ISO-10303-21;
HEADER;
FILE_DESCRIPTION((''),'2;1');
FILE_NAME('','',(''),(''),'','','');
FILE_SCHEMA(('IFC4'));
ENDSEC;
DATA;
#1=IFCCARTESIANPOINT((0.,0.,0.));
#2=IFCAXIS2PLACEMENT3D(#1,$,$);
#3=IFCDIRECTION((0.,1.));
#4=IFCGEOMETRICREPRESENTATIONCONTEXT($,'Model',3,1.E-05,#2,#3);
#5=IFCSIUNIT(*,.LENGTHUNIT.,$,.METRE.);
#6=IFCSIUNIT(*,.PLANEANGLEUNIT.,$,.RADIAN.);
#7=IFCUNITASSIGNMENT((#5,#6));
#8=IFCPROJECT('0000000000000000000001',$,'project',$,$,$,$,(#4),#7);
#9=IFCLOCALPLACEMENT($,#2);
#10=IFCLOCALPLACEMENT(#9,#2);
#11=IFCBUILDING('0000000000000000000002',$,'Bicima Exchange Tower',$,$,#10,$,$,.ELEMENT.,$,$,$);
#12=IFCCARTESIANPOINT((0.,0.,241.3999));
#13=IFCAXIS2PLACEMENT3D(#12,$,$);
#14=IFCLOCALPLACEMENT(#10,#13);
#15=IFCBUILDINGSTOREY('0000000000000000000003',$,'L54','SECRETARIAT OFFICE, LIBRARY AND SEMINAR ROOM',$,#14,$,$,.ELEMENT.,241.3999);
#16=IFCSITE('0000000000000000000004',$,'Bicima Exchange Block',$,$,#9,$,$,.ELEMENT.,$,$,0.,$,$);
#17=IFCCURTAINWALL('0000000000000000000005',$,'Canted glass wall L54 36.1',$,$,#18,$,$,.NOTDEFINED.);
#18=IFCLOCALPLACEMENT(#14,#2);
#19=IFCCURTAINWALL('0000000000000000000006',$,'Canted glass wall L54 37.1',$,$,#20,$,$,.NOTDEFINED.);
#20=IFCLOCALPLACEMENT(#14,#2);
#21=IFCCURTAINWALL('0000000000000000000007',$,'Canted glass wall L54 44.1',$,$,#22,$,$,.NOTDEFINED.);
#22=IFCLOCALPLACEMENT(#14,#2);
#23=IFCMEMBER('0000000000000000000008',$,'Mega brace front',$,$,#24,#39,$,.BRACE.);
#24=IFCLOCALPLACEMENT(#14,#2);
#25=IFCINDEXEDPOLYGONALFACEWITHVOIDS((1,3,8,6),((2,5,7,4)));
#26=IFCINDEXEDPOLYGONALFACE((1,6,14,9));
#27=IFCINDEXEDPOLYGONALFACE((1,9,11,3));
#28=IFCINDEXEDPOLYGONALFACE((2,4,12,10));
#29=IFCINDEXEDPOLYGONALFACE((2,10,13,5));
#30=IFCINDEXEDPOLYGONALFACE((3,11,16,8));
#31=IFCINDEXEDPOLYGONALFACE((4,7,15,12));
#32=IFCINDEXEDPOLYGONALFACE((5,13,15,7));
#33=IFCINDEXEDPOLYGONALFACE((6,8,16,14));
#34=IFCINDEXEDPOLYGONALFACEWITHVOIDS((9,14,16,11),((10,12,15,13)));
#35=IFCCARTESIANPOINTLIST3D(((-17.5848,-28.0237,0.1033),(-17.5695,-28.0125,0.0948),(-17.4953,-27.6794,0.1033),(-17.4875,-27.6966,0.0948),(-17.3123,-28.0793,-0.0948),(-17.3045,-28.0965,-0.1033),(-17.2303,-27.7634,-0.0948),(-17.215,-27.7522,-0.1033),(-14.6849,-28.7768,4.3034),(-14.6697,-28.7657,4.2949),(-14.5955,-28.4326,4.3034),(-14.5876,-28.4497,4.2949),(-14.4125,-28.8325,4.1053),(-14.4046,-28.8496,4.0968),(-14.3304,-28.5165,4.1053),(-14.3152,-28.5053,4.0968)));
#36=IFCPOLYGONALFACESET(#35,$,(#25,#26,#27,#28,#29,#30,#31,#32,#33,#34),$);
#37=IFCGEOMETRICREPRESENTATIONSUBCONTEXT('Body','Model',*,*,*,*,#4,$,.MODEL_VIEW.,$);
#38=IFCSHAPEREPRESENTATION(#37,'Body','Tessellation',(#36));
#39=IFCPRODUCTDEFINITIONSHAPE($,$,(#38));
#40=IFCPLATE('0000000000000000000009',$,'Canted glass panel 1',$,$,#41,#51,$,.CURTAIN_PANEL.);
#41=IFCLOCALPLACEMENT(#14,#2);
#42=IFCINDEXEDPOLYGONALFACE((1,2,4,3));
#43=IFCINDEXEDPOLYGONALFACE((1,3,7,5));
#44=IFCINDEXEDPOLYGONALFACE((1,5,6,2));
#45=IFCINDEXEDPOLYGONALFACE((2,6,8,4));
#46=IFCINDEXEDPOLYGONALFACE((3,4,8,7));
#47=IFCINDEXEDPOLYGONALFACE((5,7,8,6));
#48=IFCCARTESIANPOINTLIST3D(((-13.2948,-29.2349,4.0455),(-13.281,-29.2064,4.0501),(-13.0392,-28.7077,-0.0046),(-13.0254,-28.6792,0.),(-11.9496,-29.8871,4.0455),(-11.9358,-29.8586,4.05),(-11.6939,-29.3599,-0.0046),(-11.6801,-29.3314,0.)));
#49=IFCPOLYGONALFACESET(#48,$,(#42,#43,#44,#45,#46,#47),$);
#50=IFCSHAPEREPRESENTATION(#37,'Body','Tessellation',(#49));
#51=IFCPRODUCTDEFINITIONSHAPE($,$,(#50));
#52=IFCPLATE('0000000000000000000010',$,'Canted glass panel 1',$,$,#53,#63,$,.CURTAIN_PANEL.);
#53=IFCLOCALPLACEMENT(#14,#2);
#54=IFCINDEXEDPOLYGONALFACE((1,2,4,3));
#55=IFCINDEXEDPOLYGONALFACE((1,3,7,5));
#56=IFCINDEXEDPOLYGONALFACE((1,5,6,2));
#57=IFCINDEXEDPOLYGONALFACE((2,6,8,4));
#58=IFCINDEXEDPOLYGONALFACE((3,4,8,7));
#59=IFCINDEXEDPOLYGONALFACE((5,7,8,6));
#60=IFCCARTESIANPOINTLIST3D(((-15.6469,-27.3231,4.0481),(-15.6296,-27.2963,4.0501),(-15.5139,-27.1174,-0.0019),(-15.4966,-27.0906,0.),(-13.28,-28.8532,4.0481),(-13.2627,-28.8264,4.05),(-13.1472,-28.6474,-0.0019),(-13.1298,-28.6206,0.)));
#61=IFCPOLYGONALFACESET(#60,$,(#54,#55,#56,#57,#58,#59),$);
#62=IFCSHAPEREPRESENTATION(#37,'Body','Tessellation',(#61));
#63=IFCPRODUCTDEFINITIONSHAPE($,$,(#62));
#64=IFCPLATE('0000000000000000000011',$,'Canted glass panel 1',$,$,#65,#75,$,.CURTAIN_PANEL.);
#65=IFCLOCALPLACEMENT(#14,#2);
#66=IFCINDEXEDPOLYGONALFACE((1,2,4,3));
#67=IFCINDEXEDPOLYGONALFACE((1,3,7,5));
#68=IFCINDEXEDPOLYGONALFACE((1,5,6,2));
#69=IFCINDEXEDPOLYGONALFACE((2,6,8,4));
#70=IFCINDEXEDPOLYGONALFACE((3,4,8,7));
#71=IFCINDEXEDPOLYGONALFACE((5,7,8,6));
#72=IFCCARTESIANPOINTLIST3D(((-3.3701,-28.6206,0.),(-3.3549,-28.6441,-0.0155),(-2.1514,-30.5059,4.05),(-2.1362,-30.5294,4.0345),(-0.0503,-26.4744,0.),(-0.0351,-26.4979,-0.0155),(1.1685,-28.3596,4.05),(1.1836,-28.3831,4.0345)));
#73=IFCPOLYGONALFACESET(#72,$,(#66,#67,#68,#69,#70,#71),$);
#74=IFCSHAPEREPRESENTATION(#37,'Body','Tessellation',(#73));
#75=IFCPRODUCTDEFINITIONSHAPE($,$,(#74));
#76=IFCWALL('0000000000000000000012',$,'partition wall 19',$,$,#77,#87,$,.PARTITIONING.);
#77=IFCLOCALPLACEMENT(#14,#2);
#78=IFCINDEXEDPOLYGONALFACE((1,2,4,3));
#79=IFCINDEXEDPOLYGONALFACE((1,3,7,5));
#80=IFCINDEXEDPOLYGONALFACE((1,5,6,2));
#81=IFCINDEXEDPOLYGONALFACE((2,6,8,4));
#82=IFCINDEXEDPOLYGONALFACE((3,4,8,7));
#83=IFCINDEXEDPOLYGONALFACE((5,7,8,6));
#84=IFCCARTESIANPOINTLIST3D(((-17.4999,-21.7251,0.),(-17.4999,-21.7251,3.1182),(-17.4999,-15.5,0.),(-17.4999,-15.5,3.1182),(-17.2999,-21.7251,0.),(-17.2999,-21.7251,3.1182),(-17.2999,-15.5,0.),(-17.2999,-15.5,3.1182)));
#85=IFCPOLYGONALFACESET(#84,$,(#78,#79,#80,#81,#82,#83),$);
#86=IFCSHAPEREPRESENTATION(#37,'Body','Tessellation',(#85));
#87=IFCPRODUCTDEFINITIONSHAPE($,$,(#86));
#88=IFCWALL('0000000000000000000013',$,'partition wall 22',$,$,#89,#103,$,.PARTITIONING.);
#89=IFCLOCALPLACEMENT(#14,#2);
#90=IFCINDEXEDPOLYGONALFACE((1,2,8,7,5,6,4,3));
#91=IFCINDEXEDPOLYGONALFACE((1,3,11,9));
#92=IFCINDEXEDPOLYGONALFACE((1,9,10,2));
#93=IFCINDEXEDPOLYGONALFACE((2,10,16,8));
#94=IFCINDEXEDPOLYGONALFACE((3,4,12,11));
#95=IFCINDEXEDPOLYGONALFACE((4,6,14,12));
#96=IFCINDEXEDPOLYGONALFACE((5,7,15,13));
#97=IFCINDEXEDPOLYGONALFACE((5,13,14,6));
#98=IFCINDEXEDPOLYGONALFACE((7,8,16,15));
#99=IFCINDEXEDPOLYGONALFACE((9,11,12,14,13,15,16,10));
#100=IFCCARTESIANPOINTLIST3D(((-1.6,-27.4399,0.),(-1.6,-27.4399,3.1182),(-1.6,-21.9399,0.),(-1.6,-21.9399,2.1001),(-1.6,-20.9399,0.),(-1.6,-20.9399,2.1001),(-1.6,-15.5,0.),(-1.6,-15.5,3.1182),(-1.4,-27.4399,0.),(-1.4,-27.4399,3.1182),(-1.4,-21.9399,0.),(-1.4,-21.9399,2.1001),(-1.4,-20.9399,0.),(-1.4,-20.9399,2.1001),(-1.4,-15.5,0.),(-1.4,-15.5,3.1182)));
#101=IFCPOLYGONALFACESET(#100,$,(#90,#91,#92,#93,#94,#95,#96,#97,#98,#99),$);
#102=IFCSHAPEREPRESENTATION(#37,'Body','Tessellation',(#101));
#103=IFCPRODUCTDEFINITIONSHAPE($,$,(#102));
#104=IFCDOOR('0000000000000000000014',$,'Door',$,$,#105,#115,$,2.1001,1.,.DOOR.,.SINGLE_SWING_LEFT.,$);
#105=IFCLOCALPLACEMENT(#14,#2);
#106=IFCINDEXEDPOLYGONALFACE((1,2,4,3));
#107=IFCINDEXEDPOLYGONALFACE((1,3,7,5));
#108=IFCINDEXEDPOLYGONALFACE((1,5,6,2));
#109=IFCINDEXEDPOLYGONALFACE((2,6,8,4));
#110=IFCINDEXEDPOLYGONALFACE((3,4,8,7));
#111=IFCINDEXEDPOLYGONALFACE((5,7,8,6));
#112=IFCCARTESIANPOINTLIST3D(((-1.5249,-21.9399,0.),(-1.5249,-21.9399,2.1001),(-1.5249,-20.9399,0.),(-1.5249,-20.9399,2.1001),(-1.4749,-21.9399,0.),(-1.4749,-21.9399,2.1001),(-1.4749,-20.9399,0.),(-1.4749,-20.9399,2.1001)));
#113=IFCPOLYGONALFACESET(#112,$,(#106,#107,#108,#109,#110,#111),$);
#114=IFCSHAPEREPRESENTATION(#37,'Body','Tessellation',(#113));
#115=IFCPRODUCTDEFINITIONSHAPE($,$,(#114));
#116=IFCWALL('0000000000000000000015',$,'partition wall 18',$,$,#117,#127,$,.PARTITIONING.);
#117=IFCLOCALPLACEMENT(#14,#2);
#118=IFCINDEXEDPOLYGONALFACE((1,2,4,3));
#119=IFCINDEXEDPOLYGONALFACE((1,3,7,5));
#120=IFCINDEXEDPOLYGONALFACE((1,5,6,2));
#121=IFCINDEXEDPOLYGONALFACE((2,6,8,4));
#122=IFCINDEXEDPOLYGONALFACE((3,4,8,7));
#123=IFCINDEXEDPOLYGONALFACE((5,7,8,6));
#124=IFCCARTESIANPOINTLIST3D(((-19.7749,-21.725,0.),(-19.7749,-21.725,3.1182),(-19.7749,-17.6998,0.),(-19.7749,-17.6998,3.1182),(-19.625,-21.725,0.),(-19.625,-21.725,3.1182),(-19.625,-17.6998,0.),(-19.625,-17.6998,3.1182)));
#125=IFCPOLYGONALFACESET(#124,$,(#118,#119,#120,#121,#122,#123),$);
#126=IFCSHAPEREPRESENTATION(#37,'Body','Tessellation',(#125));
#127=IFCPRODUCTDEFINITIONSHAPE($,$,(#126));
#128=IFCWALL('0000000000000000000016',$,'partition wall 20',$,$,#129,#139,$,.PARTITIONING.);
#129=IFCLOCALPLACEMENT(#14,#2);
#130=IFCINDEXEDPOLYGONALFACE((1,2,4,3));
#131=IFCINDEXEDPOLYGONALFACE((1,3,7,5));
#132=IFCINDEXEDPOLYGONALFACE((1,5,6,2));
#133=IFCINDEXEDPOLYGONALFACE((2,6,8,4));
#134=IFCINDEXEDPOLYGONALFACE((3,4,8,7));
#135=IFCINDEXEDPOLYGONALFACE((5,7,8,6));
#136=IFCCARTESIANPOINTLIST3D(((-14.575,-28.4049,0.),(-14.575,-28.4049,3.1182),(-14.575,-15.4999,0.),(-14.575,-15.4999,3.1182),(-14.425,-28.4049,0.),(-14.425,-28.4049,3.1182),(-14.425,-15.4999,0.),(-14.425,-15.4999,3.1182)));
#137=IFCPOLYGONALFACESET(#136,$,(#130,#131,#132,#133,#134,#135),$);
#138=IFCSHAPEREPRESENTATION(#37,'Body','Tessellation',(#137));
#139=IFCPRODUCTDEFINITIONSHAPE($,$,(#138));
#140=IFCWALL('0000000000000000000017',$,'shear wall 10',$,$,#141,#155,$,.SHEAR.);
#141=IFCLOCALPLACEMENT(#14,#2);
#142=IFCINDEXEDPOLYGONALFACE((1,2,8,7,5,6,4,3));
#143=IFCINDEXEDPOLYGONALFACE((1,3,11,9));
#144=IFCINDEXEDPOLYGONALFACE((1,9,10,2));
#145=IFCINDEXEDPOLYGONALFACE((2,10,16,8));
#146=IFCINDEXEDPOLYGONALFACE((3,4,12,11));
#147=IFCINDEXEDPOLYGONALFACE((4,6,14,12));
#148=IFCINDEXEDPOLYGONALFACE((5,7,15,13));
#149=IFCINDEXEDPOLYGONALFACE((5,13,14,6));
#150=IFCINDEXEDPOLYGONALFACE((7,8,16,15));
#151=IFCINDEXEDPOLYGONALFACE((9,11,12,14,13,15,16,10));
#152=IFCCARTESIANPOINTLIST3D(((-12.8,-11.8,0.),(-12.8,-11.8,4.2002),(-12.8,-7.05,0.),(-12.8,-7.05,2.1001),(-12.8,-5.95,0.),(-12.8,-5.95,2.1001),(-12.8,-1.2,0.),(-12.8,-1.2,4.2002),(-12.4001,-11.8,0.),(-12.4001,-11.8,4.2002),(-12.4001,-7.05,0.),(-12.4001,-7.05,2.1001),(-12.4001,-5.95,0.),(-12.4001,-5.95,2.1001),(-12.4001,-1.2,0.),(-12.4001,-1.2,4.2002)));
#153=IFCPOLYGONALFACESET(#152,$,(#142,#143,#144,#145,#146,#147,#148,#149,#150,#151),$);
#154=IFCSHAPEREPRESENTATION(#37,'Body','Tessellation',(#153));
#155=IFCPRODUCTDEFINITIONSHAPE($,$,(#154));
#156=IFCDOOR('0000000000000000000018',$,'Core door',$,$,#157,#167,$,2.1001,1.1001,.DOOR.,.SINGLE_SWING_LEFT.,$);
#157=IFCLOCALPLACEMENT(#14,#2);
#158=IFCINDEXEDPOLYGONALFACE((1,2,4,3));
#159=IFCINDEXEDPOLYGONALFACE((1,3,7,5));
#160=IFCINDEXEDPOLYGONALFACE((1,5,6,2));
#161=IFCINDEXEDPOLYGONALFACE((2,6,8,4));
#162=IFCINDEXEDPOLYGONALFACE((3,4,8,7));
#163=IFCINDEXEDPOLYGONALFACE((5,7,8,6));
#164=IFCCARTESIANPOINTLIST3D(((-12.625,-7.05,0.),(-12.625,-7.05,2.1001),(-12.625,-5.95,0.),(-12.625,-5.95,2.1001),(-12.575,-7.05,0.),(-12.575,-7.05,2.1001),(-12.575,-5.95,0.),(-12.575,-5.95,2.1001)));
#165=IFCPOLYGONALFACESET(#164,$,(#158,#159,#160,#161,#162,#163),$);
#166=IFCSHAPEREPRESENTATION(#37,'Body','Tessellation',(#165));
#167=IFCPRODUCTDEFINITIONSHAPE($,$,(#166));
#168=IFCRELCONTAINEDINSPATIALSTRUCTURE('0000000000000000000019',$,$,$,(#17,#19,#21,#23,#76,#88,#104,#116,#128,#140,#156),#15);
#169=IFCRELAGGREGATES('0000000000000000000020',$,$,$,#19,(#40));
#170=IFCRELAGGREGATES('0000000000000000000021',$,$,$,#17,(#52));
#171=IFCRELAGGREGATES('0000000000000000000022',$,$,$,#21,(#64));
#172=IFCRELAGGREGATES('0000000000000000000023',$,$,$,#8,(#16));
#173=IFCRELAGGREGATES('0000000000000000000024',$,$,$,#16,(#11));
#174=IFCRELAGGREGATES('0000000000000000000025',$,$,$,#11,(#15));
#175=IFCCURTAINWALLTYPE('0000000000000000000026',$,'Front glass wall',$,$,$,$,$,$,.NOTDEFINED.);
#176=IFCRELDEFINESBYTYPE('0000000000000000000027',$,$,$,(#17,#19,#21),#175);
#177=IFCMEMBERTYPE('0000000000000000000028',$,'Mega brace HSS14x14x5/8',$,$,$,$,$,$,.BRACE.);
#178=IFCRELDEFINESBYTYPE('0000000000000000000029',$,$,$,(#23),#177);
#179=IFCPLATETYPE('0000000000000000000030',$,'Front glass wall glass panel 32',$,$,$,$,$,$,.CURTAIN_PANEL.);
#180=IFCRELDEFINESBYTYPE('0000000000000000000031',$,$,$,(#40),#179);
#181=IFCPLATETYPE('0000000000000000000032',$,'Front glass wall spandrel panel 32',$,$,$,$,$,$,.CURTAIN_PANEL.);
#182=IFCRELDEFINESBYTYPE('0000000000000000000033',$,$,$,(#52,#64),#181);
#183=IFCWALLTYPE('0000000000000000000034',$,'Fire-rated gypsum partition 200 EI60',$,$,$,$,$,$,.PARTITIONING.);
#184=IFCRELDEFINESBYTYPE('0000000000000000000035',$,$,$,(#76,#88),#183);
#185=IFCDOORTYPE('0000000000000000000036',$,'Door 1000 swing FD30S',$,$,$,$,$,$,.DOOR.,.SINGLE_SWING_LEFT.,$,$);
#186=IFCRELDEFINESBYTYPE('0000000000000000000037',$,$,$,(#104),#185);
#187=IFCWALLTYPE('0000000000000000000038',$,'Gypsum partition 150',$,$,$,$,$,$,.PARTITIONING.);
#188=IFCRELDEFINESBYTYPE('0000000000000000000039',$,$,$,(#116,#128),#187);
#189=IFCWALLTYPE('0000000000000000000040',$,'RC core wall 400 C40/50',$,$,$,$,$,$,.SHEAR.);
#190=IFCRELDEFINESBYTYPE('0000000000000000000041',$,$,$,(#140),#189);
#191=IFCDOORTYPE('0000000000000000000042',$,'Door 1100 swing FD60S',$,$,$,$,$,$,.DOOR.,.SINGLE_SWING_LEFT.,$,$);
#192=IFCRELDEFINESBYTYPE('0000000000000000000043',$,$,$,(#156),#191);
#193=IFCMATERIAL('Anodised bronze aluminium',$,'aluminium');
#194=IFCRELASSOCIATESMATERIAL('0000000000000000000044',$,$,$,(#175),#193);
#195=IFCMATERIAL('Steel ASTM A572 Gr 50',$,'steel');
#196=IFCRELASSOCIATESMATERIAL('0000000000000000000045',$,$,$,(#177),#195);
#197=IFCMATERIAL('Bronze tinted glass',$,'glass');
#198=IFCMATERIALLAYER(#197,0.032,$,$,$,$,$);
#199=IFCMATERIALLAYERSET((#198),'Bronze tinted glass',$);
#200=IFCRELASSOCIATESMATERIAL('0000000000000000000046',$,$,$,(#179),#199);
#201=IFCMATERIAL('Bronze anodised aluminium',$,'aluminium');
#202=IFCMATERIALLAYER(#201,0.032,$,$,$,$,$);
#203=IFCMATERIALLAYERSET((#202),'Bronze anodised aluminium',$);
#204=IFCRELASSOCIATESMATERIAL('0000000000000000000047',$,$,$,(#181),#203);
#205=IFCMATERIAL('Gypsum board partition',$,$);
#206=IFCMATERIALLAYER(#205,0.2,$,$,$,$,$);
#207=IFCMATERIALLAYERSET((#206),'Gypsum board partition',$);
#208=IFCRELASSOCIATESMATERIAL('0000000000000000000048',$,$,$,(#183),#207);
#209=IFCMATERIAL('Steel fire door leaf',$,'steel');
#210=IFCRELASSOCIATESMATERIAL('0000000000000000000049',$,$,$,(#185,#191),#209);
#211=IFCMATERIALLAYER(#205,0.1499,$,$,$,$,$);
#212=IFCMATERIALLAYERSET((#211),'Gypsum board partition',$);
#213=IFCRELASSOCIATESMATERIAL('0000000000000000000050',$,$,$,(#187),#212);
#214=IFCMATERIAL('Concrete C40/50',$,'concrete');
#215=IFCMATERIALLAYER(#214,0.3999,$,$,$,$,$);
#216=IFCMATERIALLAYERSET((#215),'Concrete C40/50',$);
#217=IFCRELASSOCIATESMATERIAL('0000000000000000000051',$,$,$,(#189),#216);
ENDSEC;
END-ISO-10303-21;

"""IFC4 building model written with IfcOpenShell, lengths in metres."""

from ifc_helpers import new_model, si_unit, direction, frame, frame_2d, origin, origin_2d, place, context, subcontext, project, spatial, polyline, rectangle, hollow_rectangle, outline, extrude, material, layer, layer_set, material_profile, profile_set, type_object, element, fill, aggregate, save


model = new_model("IFC4")

# Units and contexts
model_context = context("Model", 3, precision=1e-05, world=origin(), true_north=direction((0.0, 1.0)))
body_context = subcontext(model_context, "Body", "Model", "MODEL_VIEW")
ifc_project = project(units=[si_unit("LENGTHUNIT", "METRE"), si_unit("PLANEANGLEUNIT", "RADIAN")], contexts=[model_context])

# Site, building, storey
site_placement = place(None, origin())
site = spatial("IfcSite", under=ifc_project, at=site_placement, Name="Bicima Exchange Block", CompositionType="ELEMENT", RefElevation=0.0)
building_placement = place(site_placement, origin())
building = spatial("IfcBuilding", under=site, at=building_placement, Name="Bicima Exchange Tower", CompositionType="ELEMENT")
storey_placement = place(building_placement, frame((0.0, 0.0, 241.3999)))
storey = spatial("IfcBuildingStorey", under=building, at=storey_placement, Name="L54", Description="SECRETARIAT OFFICE, LIBRARY AND SEMINAR ROOM", CompositionType="ELEMENT", Elevation=241.3999)

# Shared definitions
ifc_material_1 = material(Name="Anodised bronze aluminium", Category="aluminium")
curtain_wall_type = type_object("IfcCurtainWallType", Name="Front glass wall", PredefinedType="NOTDEFINED", material=ifc_material_1)

# Curtain wall
curtain_wall_1_placement = place(storey_placement, origin())
curtain_wall_1 = element("IfcCurtainWall", 1, at=curtain_wall_1_placement, inside=storey, type_object=curtain_wall_type, Name="Canted glass wall L54 36.1", PredefinedType="NOTDEFINED")

# Curtain walls
curtain_wall_2_placement = place(storey_placement, origin())
curtain_wall_2 = element("IfcCurtainWall", 2, at=curtain_wall_2_placement, inside=storey, type_object=curtain_wall_type, Name="Canted glass wall L54 37.1", PredefinedType="NOTDEFINED")
curtain_wall_3_placement = place(storey_placement, origin())
curtain_wall_3 = element("IfcCurtainWall", 3, at=curtain_wall_3_placement, inside=storey, type_object=curtain_wall_type, Name="Canted glass wall L54 44.1", PredefinedType="NOTDEFINED")

# Member
ifc_material_2 = material(Name="Steel ASTM A572 Gr 50", Category="steel")
ifc_material_profile_1 = material_profile(ifc_material_2, hollow_rectangle(XDim=0.3557, YDim=0.3557, WallThickness=0.0146, at=origin_2d()))
ifc_profile_set_1 = profile_set([ifc_material_profile_1], Name="Steel ASTM A572 Gr 50")
member_type_1 = type_object("IfcMemberType", Name="Mega brace HSS14x14x5/8", PredefinedType="BRACE", material=ifc_profile_set_1)
member_1_placement = place(storey_placement, frame((-17.3999, -27.8879, 0.0), z_axis=(0.562073, -0.145984, 0.814102), x_axis=(0.251383, 0.967888, 0.0)))
element("IfcMember", 4, at=member_1_placement, inside=storey, type_object=member_type_1, Name="Mega brace front", PredefinedType="BRACE", context=body_context, shape_type="SweptSolid", body=[
    extrude(hollow_rectangle(XDim=0.3557, YDim=0.3557, WallThickness=0.0146, at=origin_2d()), origin(), (0.0, 0.0, 1.0), 5.1592),
])

# Plates
ifc_material_3 = material(Name="Bronze tinted glass", Category="glass")
ifc_layer_1 = layer(ifc_material_3, 0.032)
ifc_layer_set_1 = layer_set([ifc_layer_1], Name="Bronze tinted glass")
plate_type_1 = type_object("IfcPlateType", Name="Front glass wall glass panel 32", PredefinedType="CURTAIN_PANEL", material=ifc_layer_set_1)
plate_1_placement = place(storey_placement, frame((-13.0254, -28.6792, 0.0), z_axis=(0.431777, 0.890544, 0.143179), x_axis=(0.899814, -0.436273, 0.00001)))
plate_1 = element("IfcPlate", 5, at=plate_1_placement, type_object=plate_type_1, Name="Canted glass panel 1", PredefinedType="CURTAIN_PANEL", context=body_context, shape_type="SweptSolid", body=[
    extrude(outline(polyline([(0.0, 0.0), (1.495, 0.0), (1.495, -4.0922), (0.0001, -4.0922), (0.0, 0.0)])), origin(), (0.0, 0.0, -1.0), 0.032),
])
aggregate(curtain_wall_2, [plate_1])
ifc_material_4 = material(Name="Bronze anodised aluminium", Category="aluminium")
ifc_layer_2 = layer(ifc_material_4, 0.032)
ifc_layer_set_2 = layer_set([ifc_layer_2], Name="Bronze anodised aluminium")
plate_type_2 = type_object("IfcPlateType", Name="Front glass wall spandrel panel 32", PredefinedType="CURTAIN_PANEL", material=ifc_layer_set_2)
plate_2_placement = place(storey_placement, frame((-15.4966, -27.0906, 0.0), z_axis=(0.5419, 0.838271, 0.060385), x_axis=(0.839804, -0.54289, 0.000001)))
plate_2 = element("IfcPlate", 6, at=plate_2_placement, type_object=plate_type_2, Name="Canted glass panel 1", PredefinedType="CURTAIN_PANEL", context=body_context, shape_type="SweptSolid", body=[
    extrude(outline(polyline([(0.0, 0.0), (2.8182, 0.0), (2.8184, -4.0574), (0.0, -4.0575), (0.0, 0.0)])), origin(), (0.0, 0.0, -1.0), 0.032),
])
aggregate(curtain_wall_1, [plate_2])
plate_3_placement = place(storey_placement, frame((-3.3701, -28.6206, 0.0), z_axis=(-0.474849, 0.734501, 0.484795), x_axis=(0.839787, 0.542916, 0.0)))
plate_3 = element("IfcPlate", 7, at=plate_3_placement, type_object=plate_type_2, Name="Canted glass panel 1", PredefinedType="CURTAIN_PANEL", context=body_context, shape_type="SweptSolid", body=[
    extrude(outline(polyline([(0.0, 0.0), (3.9532, 0.0), (3.9531, -4.6306), (0.0, -4.6306), (0.0, 0.0)])), origin(), (0.0, 0.0, -1.0), 0.032),
])
aggregate(curtain_wall_3, [plate_3])

# Wall
ifc_material_5 = material(Name="Gypsum board partition")
ifc_layer_3 = layer(ifc_material_5, 0.2)
ifc_layer_set_3 = layer_set([ifc_layer_3], Name="Gypsum board partition")
wall_type_1 = type_object("IfcWallType", Name="Fire-rated gypsum partition 200 EI60", PredefinedType="PARTITIONING", material=ifc_layer_set_3)
wall_1_placement = place(storey_placement, frame((-17.3999, -21.7251, 0.0), z_axis=(0.0, 0.0, 1.0), x_axis=(0.0, 1.0, 0.0)))
element("IfcWall", 8, at=wall_1_placement, inside=storey, type_object=wall_type_1, Name="partition wall 19", PredefinedType="PARTITIONING", context=body_context, shape_type="SweptSolid", body=[
    extrude(rectangle(XDim=6.2251, YDim=0.2, at=frame_2d((3.1125, 0.0))), origin(), (0.0, 0.0, 1.0), 3.1182),
])

# Wall, opening, door
wall_2_placement = place(storey_placement, frame((-1.5, -27.4399, 0.0), z_axis=(0.0, 0.0, 1.0), x_axis=(0.0, 1.0, 0.0)))
wall_2 = element("IfcWall", 9, at=wall_2_placement, inside=storey, type_object=wall_type_1, Name="partition wall 22", PredefinedType="PARTITIONING", context=body_context, shape_type="SweptSolid", body=[
    extrude(rectangle(XDim=11.9399, YDim=0.2, at=frame_2d((5.97, 0.0))), origin(), (0.0, 0.0, 1.0), 3.1182),
])
opening_1_placement = place(wall_2_placement, frame((5.5, 0.0, 0.0)))
opening_1 = element("IfcOpeningElement", 10, at=opening_1_placement, cuts=wall_2, PredefinedType="OPENING", context=body_context, shape_type="SweptSolid", body=[
    extrude(rectangle(XDim=1.0, YDim=2.1001, at=frame_2d((0.5, 1.05))), frame((0.0, 0.1118, 0.0), z_axis=(0.0, -1.0, 0.0), x_axis=(1.0, 0.0, 0.0)), (0.0, 0.0, 1.0), 0.2239),
])
ifc_material_6 = material(Name="Steel fire door leaf", Category="steel")
door_type_1 = type_object("IfcDoorType", Name="Door 1000 swing FD30S", OperationType="SINGLE_SWING_LEFT", PredefinedType="DOOR", material=ifc_material_6)
door_1_placement = place(opening_1_placement, origin())
door_1 = element("IfcDoor", 11, at=door_1_placement, inside=storey, type_object=door_type_1, Name="Door", OperationType="SINGLE_SWING_LEFT", OverallHeight=2.1001, OverallWidth=1.0, PredefinedType="DOOR", context=body_context, shape_type="SweptSolid", body=[
    extrude(rectangle(XDim=1.0, YDim=2.1001, at=frame_2d((0.5, 1.05))), frame((0.0, 0.0249, 0.0), z_axis=(0.0, -1.0, 0.0), x_axis=(1.0, 0.0, 0.0)), (0.0, 0.0, 1.0), 0.05),
])
fill(opening_1, door_1)

# Walls
ifc_layer_4 = layer(ifc_material_5, 0.1499)
ifc_layer_set_4 = layer_set([ifc_layer_4], Name="Gypsum board partition")
wall_type_2 = type_object("IfcWallType", Name="Gypsum partition 150", PredefinedType="PARTITIONING", material=ifc_layer_set_4)
wall_3_placement = place(storey_placement, frame((-19.7, -21.7251, 0.0), z_axis=(0.0, 0.0, 1.0), x_axis=(0.0, 1.0, 0.0)))
element("IfcWall", 12, at=wall_3_placement, inside=storey, type_object=wall_type_2, Name="partition wall 18", PredefinedType="PARTITIONING", context=body_context, shape_type="SweptSolid", body=[
    extrude(rectangle(XDim=4.0251, YDim=0.1499, at=frame_2d((2.0127, 0.0))), origin(), (0.0, 0.0, 1.0), 3.1182),
])
wall_4_placement = place(storey_placement, frame((-14.5, -28.405, 0.0), z_axis=(0.0, 0.0, 1.0), x_axis=(0.0, 1.0, 0.0)))
element("IfcWall", 13, at=wall_4_placement, inside=storey, type_object=wall_type_2, Name="partition wall 20", PredefinedType="PARTITIONING", context=body_context, shape_type="SweptSolid", body=[
    extrude(rectangle(XDim=12.905, YDim=0.1499, at=frame_2d((6.4526, 0.0))), origin(), (0.0, 0.0, 1.0), 3.1182),
])

# Wall, opening, door
ifc_material_7 = material(Name="Concrete C40/50", Category="concrete")
ifc_layer_5 = layer(ifc_material_7, 0.3999)
ifc_layer_set_5 = layer_set([ifc_layer_5], Name="Concrete C40/50")
wall_type_3 = type_object("IfcWallType", Name="RC core wall 400 C40/50", PredefinedType="SHEAR", material=ifc_layer_set_5)
wall_5_placement = place(storey_placement, frame((-12.6001, -11.8, 0.0), z_axis=(0.0, 0.0, 1.0), x_axis=(0.0, 1.0, 0.0)))
wall_5 = element("IfcWall", 14, at=wall_5_placement, inside=storey, type_object=wall_type_3, Name="shear wall 10", PredefinedType="SHEAR", context=body_context, shape_type="SweptSolid", body=[
    extrude(rectangle(XDim=10.6001, YDim=0.3999, at=frame_2d((5.3, 0.0))), origin(), (0.0, 0.0, 1.0), 4.2002),
])
opening_2_placement = place(wall_5_placement, frame((4.75, 0.0, 0.0)))
opening_2 = element("IfcOpeningElement", 15, at=opening_2_placement, cuts=wall_5, PredefinedType="OPENING", context=body_context, shape_type="SweptSolid", body=[
    extrude(rectangle(XDim=1.1001, YDim=2.1001, at=frame_2d((0.55, 1.05))), frame((0.0, 0.2119, 0.0), z_axis=(0.0, -1.0, 0.0), x_axis=(1.0, 0.0, 0.0)), (0.0, 0.0, 1.0), 0.4238),
])
door_type_2 = type_object("IfcDoorType", Name="Door 1100 swing FD60S", OperationType="SINGLE_SWING_LEFT", PredefinedType="DOOR", material=ifc_material_6)
door_2_placement = place(opening_2_placement, origin())
door_2 = element("IfcDoor", 16, at=door_2_placement, inside=storey, type_object=door_type_2, Name="Core door", OperationType="SINGLE_SWING_LEFT", OverallHeight=2.1001, OverallWidth=1.1001, PredefinedType="DOOR", context=body_context, shape_type="SweptSolid", body=[
    extrude(rectangle(XDim=1.1001, YDim=2.1001, at=frame_2d((0.55, 1.05))), frame((0.0, 0.0249, 0.0), z_axis=(0.0, -1.0, 0.0), x_axis=(1.0, 0.0, 0.0)), (0.0, 0.0, 1.0), 0.05),
])
fill(opening_2, door_2)

save(model, "model.ifc")
